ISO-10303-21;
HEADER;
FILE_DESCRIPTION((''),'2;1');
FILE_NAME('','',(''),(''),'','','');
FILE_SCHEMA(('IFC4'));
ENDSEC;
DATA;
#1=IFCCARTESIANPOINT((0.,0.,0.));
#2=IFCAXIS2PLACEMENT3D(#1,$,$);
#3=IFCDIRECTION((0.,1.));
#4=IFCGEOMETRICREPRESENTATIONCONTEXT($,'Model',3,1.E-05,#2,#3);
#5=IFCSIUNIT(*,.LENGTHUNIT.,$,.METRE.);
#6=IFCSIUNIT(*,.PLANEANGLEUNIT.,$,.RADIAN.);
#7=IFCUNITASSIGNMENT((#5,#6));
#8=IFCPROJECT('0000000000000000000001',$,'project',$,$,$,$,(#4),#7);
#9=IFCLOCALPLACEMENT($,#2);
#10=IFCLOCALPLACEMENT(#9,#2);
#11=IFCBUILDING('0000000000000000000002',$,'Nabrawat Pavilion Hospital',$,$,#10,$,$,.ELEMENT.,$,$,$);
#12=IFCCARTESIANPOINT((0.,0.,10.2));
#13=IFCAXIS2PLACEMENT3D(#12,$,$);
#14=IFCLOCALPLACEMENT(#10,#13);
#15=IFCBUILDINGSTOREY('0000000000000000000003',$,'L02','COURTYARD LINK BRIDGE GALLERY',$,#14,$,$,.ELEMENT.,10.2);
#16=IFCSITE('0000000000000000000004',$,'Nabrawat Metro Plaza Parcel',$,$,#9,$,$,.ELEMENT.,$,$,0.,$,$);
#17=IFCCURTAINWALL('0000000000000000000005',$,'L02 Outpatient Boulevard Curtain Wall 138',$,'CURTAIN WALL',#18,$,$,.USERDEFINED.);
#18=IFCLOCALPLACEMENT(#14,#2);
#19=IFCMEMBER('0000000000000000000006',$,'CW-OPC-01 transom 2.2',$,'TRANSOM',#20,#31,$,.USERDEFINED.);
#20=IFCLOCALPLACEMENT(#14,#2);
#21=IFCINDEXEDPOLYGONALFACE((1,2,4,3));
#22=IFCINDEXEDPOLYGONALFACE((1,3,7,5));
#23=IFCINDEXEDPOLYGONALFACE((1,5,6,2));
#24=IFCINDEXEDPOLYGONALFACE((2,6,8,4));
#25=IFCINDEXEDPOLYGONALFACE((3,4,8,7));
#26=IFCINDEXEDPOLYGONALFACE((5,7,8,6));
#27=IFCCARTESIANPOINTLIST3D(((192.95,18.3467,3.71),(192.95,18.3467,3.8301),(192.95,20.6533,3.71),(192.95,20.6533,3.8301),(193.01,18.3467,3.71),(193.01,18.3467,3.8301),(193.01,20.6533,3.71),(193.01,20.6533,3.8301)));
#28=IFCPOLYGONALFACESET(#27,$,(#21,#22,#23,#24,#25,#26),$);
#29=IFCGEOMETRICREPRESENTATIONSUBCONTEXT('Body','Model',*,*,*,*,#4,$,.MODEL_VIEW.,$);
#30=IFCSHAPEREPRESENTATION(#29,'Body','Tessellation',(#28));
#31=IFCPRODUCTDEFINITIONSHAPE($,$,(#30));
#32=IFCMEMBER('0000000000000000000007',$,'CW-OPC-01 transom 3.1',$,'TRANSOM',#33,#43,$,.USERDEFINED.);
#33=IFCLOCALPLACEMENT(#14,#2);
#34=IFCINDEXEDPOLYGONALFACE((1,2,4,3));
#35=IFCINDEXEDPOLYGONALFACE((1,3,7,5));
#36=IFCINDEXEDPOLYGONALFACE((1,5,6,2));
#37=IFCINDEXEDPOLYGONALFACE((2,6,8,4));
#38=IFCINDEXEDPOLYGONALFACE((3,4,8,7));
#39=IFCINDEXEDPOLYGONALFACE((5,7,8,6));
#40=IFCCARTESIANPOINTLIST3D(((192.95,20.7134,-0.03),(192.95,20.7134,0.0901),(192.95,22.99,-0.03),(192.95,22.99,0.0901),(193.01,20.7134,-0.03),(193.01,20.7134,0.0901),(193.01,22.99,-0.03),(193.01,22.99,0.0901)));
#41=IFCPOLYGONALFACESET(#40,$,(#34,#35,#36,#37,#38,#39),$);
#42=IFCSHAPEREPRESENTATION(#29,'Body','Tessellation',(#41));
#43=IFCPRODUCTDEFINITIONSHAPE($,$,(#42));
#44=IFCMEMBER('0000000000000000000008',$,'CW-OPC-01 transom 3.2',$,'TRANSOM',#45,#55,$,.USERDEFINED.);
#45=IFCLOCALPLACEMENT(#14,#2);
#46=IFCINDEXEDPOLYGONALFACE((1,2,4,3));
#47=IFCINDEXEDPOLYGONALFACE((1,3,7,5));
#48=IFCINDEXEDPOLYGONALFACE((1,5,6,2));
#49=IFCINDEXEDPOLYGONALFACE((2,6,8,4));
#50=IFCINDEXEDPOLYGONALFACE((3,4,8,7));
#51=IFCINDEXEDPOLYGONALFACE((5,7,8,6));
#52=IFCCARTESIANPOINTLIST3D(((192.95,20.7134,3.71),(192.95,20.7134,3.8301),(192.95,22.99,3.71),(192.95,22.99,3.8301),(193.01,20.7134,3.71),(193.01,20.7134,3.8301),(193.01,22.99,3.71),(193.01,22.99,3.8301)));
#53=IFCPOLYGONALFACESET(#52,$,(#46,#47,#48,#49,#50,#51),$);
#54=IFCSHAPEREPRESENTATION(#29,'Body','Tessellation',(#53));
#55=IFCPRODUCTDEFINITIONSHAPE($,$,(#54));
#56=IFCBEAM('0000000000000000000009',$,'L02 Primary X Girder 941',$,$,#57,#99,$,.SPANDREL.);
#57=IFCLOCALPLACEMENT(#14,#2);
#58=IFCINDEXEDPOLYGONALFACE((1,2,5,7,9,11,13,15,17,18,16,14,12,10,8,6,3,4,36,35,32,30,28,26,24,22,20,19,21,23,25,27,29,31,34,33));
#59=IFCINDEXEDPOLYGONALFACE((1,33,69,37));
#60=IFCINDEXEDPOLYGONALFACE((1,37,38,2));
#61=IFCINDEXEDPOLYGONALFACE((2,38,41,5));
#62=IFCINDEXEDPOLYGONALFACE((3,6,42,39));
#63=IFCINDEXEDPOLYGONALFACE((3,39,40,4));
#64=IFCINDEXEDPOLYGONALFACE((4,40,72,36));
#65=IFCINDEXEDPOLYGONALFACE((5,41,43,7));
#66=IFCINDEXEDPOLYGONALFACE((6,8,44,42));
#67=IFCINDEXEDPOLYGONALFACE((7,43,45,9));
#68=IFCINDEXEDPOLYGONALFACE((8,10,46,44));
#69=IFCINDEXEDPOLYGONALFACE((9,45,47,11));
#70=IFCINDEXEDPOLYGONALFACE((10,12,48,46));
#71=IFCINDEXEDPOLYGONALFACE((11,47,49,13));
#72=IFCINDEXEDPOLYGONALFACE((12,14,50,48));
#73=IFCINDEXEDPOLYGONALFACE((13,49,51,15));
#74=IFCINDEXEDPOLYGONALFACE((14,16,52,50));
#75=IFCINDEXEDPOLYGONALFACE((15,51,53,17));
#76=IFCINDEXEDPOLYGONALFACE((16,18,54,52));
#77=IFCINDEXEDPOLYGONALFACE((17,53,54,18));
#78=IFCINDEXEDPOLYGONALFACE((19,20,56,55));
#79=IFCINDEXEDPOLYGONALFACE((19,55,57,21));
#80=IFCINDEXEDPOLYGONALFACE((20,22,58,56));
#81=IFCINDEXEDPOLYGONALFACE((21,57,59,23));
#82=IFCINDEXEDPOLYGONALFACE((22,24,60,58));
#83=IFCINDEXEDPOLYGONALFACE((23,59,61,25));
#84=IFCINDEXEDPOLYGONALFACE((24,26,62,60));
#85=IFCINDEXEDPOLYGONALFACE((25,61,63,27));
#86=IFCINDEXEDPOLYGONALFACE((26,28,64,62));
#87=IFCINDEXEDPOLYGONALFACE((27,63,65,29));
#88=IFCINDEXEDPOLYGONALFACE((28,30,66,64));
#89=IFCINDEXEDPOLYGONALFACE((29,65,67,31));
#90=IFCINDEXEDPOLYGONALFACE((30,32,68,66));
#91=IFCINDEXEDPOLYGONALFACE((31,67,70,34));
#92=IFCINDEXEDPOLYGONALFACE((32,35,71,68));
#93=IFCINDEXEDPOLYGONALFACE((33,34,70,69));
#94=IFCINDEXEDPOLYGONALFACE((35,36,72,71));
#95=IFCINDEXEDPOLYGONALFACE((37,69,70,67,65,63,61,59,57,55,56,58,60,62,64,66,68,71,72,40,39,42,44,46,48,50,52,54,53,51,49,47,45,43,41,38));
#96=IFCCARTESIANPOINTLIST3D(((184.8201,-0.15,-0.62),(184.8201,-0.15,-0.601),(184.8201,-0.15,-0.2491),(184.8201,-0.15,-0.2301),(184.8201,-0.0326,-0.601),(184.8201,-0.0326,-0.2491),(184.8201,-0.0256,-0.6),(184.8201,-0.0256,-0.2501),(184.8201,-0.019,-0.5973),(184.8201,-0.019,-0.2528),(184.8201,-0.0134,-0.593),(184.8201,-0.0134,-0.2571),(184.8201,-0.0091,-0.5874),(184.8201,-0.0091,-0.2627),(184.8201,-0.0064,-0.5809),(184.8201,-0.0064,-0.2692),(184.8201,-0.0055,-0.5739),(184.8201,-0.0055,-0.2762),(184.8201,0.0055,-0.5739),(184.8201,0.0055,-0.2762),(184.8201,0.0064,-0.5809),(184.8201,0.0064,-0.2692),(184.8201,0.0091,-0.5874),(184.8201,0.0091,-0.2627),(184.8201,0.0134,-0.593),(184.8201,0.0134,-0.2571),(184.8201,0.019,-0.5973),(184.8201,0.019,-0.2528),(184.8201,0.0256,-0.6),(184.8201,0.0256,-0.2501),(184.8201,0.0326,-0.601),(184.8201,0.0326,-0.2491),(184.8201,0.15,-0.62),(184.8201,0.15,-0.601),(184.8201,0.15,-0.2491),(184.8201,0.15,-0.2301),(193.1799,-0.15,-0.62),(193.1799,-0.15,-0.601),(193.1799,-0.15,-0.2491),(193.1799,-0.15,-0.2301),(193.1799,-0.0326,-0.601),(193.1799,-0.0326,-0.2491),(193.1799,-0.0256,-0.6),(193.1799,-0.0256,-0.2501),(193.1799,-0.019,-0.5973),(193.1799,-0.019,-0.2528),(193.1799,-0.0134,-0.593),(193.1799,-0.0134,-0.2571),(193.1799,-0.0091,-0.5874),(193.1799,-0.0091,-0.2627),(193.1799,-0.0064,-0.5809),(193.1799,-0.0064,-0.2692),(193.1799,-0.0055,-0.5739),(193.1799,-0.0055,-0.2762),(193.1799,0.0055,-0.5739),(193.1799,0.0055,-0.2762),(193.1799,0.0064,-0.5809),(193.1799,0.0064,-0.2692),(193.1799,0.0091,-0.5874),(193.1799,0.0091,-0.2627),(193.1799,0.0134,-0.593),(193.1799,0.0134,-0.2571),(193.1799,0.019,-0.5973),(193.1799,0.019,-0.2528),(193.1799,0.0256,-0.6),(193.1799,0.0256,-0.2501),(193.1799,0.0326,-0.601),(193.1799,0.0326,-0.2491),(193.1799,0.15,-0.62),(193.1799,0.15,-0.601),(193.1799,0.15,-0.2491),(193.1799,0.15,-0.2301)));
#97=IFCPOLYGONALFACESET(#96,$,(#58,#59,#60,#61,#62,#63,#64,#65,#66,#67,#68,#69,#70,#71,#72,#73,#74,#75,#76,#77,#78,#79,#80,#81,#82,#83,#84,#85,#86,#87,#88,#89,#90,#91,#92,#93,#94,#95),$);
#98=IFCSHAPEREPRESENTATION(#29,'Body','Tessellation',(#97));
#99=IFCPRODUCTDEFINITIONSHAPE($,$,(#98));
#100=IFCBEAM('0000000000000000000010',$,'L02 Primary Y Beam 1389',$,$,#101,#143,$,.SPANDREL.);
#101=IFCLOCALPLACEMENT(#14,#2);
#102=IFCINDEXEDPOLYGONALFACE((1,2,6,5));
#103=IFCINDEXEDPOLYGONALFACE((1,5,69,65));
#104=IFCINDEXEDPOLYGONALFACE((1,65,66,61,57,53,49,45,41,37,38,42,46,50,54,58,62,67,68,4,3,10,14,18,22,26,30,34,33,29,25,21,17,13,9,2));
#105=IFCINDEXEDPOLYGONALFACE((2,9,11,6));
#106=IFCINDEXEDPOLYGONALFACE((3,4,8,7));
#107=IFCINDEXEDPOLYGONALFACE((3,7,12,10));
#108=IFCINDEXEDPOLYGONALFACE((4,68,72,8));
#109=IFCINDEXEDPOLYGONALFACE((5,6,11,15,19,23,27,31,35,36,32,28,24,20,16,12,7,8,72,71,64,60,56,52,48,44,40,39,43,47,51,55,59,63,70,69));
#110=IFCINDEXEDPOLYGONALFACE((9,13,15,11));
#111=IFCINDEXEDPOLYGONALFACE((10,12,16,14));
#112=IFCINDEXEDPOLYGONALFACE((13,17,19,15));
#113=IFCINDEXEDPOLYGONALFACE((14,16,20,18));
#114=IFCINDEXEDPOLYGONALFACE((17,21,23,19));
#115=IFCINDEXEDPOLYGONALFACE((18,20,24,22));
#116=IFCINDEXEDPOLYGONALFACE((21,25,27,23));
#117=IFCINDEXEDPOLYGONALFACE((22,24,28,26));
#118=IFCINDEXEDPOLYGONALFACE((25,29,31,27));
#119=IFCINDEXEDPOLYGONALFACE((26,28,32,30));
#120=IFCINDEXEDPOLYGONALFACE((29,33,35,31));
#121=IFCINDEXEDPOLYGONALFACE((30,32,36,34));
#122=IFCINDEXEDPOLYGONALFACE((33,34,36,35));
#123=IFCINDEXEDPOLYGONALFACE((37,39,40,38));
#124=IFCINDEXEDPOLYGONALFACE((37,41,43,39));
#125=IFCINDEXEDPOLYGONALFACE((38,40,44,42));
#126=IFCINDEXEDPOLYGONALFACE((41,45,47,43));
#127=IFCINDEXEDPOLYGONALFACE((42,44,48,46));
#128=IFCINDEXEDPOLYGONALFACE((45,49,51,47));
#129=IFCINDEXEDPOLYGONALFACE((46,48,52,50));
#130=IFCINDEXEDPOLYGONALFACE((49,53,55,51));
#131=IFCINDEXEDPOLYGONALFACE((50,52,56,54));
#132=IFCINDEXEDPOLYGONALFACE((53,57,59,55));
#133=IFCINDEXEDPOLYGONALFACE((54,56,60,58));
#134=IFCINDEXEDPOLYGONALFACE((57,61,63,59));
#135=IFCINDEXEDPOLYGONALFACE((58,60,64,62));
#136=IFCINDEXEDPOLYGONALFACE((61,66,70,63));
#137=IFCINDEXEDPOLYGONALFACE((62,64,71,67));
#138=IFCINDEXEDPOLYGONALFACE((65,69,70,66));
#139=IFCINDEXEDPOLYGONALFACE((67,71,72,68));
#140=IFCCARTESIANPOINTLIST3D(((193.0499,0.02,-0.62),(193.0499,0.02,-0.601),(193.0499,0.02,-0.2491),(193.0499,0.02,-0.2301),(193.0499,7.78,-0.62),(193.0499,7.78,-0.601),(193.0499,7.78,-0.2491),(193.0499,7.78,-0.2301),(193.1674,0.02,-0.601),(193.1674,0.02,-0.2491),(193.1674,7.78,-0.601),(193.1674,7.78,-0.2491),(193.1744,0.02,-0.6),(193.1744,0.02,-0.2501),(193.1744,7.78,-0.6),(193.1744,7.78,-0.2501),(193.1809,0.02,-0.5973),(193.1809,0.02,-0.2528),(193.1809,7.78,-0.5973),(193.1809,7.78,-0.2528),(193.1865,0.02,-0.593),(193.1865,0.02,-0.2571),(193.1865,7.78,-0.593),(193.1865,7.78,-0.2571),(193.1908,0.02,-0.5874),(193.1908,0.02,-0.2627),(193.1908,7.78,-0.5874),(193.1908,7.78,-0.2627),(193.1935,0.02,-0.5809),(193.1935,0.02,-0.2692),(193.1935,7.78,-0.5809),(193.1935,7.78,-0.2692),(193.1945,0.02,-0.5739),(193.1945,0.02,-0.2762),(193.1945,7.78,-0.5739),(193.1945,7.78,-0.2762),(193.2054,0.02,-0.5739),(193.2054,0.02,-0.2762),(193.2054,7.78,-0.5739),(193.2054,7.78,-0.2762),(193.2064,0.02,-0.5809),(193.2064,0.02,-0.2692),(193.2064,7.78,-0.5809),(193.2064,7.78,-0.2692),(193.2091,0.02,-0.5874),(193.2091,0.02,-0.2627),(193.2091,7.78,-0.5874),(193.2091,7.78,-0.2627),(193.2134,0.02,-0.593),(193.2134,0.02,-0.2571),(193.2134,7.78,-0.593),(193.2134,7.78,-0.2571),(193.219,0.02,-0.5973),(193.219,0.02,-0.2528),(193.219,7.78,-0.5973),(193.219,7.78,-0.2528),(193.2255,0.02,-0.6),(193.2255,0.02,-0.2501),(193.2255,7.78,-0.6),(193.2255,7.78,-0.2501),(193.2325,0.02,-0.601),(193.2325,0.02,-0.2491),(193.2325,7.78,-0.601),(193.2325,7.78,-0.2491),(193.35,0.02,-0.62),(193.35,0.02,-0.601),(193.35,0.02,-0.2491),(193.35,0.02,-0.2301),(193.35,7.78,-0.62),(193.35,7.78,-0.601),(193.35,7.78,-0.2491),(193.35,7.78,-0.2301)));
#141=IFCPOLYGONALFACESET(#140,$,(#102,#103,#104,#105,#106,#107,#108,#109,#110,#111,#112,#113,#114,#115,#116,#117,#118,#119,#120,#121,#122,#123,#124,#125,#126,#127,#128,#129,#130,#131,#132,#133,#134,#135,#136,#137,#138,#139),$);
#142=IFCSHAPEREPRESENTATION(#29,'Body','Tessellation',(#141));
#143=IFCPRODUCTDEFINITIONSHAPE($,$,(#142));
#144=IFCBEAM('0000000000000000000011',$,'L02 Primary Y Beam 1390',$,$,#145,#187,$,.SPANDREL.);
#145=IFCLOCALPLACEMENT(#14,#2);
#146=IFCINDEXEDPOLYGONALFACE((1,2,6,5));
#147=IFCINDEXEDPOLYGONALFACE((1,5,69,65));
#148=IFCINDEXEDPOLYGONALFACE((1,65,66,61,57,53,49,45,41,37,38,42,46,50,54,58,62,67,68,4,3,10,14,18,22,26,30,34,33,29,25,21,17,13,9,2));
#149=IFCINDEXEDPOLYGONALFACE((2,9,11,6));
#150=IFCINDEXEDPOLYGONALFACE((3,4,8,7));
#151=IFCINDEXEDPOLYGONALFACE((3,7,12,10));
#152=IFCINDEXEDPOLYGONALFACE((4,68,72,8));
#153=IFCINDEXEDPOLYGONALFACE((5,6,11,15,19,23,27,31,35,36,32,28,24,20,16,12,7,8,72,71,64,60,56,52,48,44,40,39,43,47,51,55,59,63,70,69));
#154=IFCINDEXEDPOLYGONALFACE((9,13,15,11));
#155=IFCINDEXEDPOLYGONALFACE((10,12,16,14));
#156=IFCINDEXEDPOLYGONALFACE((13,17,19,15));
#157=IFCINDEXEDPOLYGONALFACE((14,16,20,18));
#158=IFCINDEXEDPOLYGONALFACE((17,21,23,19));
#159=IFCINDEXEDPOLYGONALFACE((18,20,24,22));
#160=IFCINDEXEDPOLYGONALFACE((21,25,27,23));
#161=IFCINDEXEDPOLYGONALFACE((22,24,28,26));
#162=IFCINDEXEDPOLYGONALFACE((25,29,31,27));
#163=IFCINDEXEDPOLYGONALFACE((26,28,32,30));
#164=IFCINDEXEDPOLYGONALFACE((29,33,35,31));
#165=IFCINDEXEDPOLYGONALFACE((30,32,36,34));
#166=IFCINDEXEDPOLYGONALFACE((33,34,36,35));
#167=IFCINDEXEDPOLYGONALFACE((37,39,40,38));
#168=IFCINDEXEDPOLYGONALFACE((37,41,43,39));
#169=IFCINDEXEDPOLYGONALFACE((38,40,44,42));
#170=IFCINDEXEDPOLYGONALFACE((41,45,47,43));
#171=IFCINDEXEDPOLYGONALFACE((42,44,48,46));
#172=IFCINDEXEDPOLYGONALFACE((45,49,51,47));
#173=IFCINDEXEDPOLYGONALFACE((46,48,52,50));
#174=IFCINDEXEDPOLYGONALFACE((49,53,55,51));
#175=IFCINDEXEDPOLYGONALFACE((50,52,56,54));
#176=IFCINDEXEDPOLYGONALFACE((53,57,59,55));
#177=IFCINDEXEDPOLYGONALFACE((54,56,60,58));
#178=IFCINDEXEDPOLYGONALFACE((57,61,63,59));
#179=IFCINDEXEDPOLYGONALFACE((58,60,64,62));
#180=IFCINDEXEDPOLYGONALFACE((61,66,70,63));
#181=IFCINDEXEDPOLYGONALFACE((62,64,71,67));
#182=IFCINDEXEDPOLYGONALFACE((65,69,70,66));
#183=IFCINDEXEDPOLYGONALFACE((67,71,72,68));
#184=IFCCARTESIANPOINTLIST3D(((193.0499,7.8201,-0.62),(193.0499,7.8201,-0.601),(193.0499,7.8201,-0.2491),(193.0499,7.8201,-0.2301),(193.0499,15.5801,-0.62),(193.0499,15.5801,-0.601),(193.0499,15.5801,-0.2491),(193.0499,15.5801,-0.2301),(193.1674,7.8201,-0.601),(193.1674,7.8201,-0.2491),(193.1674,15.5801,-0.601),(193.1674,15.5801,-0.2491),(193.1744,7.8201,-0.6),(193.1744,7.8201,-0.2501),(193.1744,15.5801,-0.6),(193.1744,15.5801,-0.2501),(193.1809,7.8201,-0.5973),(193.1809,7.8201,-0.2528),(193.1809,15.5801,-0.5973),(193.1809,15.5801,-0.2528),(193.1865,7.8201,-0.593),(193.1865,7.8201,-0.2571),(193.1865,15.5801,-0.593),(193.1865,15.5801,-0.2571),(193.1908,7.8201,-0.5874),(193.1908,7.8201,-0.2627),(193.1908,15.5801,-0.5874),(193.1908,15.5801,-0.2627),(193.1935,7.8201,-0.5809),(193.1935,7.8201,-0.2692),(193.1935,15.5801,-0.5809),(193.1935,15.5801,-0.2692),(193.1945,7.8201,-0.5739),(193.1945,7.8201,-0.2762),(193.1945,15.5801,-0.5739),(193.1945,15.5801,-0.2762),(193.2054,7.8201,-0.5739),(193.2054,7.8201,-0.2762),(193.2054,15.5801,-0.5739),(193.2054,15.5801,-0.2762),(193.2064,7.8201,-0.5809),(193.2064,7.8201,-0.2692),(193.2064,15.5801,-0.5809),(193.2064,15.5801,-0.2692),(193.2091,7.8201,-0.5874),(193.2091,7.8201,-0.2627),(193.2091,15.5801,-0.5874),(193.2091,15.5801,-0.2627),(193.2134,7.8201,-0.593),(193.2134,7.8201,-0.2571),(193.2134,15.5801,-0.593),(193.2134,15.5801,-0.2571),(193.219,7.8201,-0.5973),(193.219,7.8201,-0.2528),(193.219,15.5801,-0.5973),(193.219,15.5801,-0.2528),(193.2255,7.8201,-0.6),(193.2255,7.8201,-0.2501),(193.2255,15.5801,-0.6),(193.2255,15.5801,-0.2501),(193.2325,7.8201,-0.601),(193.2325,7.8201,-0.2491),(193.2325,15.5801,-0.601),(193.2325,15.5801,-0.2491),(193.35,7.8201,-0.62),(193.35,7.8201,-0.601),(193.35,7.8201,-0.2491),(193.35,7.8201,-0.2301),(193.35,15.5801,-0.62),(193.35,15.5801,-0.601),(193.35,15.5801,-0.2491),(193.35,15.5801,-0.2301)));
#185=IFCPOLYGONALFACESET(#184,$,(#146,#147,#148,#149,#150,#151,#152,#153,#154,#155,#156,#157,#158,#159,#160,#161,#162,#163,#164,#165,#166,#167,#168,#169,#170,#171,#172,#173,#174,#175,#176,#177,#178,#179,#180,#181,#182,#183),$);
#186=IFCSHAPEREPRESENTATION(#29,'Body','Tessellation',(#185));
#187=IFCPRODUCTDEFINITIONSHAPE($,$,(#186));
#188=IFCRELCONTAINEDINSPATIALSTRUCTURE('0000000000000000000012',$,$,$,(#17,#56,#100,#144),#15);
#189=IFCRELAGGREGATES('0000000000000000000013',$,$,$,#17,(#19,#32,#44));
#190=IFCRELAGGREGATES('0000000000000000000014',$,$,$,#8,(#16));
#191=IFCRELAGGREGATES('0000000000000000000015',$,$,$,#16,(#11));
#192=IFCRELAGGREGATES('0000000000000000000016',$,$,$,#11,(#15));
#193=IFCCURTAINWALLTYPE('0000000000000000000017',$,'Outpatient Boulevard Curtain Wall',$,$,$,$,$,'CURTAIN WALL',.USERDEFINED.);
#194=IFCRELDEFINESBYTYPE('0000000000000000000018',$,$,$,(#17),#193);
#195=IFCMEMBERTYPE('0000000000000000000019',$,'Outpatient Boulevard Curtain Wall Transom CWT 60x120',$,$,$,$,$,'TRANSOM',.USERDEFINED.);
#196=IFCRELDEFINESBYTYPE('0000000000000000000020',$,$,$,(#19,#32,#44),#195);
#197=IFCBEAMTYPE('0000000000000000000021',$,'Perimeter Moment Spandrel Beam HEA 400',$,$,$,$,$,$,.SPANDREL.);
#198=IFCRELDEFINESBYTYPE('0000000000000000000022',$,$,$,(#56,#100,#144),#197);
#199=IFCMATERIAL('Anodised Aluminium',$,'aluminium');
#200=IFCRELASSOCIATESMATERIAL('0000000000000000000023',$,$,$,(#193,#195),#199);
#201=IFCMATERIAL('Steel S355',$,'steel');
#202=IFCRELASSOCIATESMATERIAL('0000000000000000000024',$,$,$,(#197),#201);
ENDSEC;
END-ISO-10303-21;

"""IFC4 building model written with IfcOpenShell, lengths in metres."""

from ifc_helpers import new_model, si_unit, direction, frame, origin, origin_2d, place, context, subcontext, project, spatial, rectangle, i_section, extrude, material, material_profile, profile_set, type_object, element, aggregate, save


model = new_model("IFC4")

# Units and contexts
model_context = context("Model", 3, precision=1e-05, world=origin(), true_north=direction((0.0, 1.0)))
body_context = subcontext(model_context, "Body", "Model", "MODEL_VIEW")
ifc_project = project(units=[si_unit("LENGTHUNIT", "METRE"), si_unit("PLANEANGLEUNIT", "RADIAN")], contexts=[model_context])

# Site, building, storey
site_placement = place(None, origin())
site = spatial("IfcSite", under=ifc_project, at=site_placement, Name="Nabrawat Metro Plaza Parcel", CompositionType="ELEMENT", RefElevation=0.0)
building_placement = place(site_placement, origin())
building = spatial("IfcBuilding", under=site, at=building_placement, Name="Nabrawat Pavilion Hospital", CompositionType="ELEMENT")
storey_placement = place(building_placement, frame((0.0, 0.0, 10.2)))
storey = spatial("IfcBuildingStorey", under=building, at=storey_placement, Name="L02", Description="COURTYARD LINK BRIDGE GALLERY", CompositionType="ELEMENT", Elevation=10.2)

# Shared definitions
ifc_material_1 = material(Name="Steel S355", Category="steel")

# Curtain wall, members
ifc_material_2 = material(Name="Anodised Aluminium", Category="aluminium")
curtain_wall_type = type_object("IfcCurtainWallType", Name="Outpatient Boulevard Curtain Wall", ElementType="CURTAIN WALL", PredefinedType="USERDEFINED", material=ifc_material_2)
curtain_wall_placement = place(storey_placement, origin())
curtain_wall = element("IfcCurtainWall", 1, at=curtain_wall_placement, inside=storey, type_object=curtain_wall_type, Name="L02 Outpatient Boulevard Curtain Wall 138", ObjectType="CURTAIN WALL", PredefinedType="USERDEFINED")
ifc_material_profile_1 = material_profile(ifc_material_2, rectangle(XDim=0.0601, YDim=0.1201, at=origin_2d()), Name="CWT 60x120")
ifc_profile_set_1 = profile_set([ifc_material_profile_1], Name="Anodised Aluminium")
member_type_1 = type_object("IfcMemberType", Name="Outpatient Boulevard Curtain Wall Transom CWT 60x120", ElementType="TRANSOM", PredefinedType="USERDEFINED", material=ifc_profile_set_1)
member_1_placement = place(storey_placement, frame((192.98, 18.3467, 3.77), z_axis=(0.0, 1.0, 0.0), x_axis=(-1.0, 0.0, 0.0)))
member_1 = element("IfcMember", 2, at=member_1_placement, type_object=member_type_1, Name="CW-OPC-01 transom 2.2", ObjectType="TRANSOM", PredefinedType="USERDEFINED", context=body_context, shape_type="SweptSolid", body=[
    extrude(rectangle(XDim=0.0601, YDim=0.1201, at=origin_2d()), origin(), (0.0, 0.0, 1.0), 2.3066),
])
member_2_placement = place(storey_placement, frame((192.98, 20.7134, 0.03), z_axis=(0.0, 1.0, 0.0), x_axis=(-1.0, 0.0, 0.0)))
member_2 = element("IfcMember", 3, at=member_2_placement, type_object=member_type_1, Name="CW-OPC-01 transom 3.1", ObjectType="TRANSOM", PredefinedType="USERDEFINED", context=body_context, shape_type="SweptSolid", body=[
    extrude(rectangle(XDim=0.0601, YDim=0.1201, at=origin_2d()), origin(), (0.0, 0.0, 1.0), 2.2766),
])
member_3_placement = place(storey_placement, frame((192.98, 20.7134, 3.77), z_axis=(0.0, 1.0, 0.0), x_axis=(-1.0, 0.0, 0.0)))
member_3 = element("IfcMember", 4, at=member_3_placement, type_object=member_type_1, Name="CW-OPC-01 transom 3.2", ObjectType="TRANSOM", PredefinedType="USERDEFINED", context=body_context, shape_type="SweptSolid", body=[
    extrude(rectangle(XDim=0.0601, YDim=0.1201, at=origin_2d()), origin(), (0.0, 0.0, 1.0), 2.2766),
])

# Beams
ifc_material_profile_2 = material_profile(ifc_material_1, i_section(OverallWidth=0.3, OverallDepth=0.3899, WebThickness=0.011, FlangeThickness=0.019, FilletRadius=0.0271, at=origin_2d()), Name="HEA 400")
ifc_profile_set_2 = profile_set([ifc_material_profile_2], Name="Steel S355")
beam_type_1 = type_object("IfcBeamType", Name="Perimeter Moment Spandrel Beam HEA 400", PredefinedType="SPANDREL", material=ifc_profile_set_2)
beam_1_placement = place(storey_placement, frame((184.8201, 0.0, -0.425), z_axis=(1.0, 0.0, 0.0), x_axis=(0.0, 1.0, 0.0)))
element("IfcBeam", 5, at=beam_1_placement, inside=storey, type_object=beam_type_1, Name="L02 Primary X Girder 941", PredefinedType="SPANDREL", context=body_context, shape_type="SweptSolid", body=[
    extrude(i_section(OverallWidth=0.3, OverallDepth=0.3899, WebThickness=0.011, FlangeThickness=0.019, FilletRadius=0.0271, at=origin_2d()), origin(), (0.0, 0.0, 1.0), 8.3599),
])
for number, where, z_axis, x_axis, name in (
    (6, (193.2, 0.02, -0.425), (0.0, 1.0, 0.0), (-1.0, 0.0, 0.0), "L02 Primary Y Beam 1389"),
    (7, (193.2, 7.8201, -0.425), (0.0, 1.0, 0.0), (-1.0, 0.0, 0.0), "L02 Primary Y Beam 1390"),
):
    element("IfcBeam", number, at=place(storey_placement, frame(where, z_axis=z_axis, x_axis=x_axis)), inside=storey, type_object=beam_type_1, Name=name, PredefinedType="SPANDREL", context=body_context, shape_type="SweptSolid", body=[
        extrude(i_section(OverallWidth=0.3, OverallDepth=0.3899, WebThickness=0.011, FlangeThickness=0.019, FilletRadius=0.0271, at=origin_2d()), origin(), (0.0, 0.0, 1.0), 7.76),
    ])

aggregate(curtain_wall, [member_1, member_2, member_3])

save(model, "model.ifc")
